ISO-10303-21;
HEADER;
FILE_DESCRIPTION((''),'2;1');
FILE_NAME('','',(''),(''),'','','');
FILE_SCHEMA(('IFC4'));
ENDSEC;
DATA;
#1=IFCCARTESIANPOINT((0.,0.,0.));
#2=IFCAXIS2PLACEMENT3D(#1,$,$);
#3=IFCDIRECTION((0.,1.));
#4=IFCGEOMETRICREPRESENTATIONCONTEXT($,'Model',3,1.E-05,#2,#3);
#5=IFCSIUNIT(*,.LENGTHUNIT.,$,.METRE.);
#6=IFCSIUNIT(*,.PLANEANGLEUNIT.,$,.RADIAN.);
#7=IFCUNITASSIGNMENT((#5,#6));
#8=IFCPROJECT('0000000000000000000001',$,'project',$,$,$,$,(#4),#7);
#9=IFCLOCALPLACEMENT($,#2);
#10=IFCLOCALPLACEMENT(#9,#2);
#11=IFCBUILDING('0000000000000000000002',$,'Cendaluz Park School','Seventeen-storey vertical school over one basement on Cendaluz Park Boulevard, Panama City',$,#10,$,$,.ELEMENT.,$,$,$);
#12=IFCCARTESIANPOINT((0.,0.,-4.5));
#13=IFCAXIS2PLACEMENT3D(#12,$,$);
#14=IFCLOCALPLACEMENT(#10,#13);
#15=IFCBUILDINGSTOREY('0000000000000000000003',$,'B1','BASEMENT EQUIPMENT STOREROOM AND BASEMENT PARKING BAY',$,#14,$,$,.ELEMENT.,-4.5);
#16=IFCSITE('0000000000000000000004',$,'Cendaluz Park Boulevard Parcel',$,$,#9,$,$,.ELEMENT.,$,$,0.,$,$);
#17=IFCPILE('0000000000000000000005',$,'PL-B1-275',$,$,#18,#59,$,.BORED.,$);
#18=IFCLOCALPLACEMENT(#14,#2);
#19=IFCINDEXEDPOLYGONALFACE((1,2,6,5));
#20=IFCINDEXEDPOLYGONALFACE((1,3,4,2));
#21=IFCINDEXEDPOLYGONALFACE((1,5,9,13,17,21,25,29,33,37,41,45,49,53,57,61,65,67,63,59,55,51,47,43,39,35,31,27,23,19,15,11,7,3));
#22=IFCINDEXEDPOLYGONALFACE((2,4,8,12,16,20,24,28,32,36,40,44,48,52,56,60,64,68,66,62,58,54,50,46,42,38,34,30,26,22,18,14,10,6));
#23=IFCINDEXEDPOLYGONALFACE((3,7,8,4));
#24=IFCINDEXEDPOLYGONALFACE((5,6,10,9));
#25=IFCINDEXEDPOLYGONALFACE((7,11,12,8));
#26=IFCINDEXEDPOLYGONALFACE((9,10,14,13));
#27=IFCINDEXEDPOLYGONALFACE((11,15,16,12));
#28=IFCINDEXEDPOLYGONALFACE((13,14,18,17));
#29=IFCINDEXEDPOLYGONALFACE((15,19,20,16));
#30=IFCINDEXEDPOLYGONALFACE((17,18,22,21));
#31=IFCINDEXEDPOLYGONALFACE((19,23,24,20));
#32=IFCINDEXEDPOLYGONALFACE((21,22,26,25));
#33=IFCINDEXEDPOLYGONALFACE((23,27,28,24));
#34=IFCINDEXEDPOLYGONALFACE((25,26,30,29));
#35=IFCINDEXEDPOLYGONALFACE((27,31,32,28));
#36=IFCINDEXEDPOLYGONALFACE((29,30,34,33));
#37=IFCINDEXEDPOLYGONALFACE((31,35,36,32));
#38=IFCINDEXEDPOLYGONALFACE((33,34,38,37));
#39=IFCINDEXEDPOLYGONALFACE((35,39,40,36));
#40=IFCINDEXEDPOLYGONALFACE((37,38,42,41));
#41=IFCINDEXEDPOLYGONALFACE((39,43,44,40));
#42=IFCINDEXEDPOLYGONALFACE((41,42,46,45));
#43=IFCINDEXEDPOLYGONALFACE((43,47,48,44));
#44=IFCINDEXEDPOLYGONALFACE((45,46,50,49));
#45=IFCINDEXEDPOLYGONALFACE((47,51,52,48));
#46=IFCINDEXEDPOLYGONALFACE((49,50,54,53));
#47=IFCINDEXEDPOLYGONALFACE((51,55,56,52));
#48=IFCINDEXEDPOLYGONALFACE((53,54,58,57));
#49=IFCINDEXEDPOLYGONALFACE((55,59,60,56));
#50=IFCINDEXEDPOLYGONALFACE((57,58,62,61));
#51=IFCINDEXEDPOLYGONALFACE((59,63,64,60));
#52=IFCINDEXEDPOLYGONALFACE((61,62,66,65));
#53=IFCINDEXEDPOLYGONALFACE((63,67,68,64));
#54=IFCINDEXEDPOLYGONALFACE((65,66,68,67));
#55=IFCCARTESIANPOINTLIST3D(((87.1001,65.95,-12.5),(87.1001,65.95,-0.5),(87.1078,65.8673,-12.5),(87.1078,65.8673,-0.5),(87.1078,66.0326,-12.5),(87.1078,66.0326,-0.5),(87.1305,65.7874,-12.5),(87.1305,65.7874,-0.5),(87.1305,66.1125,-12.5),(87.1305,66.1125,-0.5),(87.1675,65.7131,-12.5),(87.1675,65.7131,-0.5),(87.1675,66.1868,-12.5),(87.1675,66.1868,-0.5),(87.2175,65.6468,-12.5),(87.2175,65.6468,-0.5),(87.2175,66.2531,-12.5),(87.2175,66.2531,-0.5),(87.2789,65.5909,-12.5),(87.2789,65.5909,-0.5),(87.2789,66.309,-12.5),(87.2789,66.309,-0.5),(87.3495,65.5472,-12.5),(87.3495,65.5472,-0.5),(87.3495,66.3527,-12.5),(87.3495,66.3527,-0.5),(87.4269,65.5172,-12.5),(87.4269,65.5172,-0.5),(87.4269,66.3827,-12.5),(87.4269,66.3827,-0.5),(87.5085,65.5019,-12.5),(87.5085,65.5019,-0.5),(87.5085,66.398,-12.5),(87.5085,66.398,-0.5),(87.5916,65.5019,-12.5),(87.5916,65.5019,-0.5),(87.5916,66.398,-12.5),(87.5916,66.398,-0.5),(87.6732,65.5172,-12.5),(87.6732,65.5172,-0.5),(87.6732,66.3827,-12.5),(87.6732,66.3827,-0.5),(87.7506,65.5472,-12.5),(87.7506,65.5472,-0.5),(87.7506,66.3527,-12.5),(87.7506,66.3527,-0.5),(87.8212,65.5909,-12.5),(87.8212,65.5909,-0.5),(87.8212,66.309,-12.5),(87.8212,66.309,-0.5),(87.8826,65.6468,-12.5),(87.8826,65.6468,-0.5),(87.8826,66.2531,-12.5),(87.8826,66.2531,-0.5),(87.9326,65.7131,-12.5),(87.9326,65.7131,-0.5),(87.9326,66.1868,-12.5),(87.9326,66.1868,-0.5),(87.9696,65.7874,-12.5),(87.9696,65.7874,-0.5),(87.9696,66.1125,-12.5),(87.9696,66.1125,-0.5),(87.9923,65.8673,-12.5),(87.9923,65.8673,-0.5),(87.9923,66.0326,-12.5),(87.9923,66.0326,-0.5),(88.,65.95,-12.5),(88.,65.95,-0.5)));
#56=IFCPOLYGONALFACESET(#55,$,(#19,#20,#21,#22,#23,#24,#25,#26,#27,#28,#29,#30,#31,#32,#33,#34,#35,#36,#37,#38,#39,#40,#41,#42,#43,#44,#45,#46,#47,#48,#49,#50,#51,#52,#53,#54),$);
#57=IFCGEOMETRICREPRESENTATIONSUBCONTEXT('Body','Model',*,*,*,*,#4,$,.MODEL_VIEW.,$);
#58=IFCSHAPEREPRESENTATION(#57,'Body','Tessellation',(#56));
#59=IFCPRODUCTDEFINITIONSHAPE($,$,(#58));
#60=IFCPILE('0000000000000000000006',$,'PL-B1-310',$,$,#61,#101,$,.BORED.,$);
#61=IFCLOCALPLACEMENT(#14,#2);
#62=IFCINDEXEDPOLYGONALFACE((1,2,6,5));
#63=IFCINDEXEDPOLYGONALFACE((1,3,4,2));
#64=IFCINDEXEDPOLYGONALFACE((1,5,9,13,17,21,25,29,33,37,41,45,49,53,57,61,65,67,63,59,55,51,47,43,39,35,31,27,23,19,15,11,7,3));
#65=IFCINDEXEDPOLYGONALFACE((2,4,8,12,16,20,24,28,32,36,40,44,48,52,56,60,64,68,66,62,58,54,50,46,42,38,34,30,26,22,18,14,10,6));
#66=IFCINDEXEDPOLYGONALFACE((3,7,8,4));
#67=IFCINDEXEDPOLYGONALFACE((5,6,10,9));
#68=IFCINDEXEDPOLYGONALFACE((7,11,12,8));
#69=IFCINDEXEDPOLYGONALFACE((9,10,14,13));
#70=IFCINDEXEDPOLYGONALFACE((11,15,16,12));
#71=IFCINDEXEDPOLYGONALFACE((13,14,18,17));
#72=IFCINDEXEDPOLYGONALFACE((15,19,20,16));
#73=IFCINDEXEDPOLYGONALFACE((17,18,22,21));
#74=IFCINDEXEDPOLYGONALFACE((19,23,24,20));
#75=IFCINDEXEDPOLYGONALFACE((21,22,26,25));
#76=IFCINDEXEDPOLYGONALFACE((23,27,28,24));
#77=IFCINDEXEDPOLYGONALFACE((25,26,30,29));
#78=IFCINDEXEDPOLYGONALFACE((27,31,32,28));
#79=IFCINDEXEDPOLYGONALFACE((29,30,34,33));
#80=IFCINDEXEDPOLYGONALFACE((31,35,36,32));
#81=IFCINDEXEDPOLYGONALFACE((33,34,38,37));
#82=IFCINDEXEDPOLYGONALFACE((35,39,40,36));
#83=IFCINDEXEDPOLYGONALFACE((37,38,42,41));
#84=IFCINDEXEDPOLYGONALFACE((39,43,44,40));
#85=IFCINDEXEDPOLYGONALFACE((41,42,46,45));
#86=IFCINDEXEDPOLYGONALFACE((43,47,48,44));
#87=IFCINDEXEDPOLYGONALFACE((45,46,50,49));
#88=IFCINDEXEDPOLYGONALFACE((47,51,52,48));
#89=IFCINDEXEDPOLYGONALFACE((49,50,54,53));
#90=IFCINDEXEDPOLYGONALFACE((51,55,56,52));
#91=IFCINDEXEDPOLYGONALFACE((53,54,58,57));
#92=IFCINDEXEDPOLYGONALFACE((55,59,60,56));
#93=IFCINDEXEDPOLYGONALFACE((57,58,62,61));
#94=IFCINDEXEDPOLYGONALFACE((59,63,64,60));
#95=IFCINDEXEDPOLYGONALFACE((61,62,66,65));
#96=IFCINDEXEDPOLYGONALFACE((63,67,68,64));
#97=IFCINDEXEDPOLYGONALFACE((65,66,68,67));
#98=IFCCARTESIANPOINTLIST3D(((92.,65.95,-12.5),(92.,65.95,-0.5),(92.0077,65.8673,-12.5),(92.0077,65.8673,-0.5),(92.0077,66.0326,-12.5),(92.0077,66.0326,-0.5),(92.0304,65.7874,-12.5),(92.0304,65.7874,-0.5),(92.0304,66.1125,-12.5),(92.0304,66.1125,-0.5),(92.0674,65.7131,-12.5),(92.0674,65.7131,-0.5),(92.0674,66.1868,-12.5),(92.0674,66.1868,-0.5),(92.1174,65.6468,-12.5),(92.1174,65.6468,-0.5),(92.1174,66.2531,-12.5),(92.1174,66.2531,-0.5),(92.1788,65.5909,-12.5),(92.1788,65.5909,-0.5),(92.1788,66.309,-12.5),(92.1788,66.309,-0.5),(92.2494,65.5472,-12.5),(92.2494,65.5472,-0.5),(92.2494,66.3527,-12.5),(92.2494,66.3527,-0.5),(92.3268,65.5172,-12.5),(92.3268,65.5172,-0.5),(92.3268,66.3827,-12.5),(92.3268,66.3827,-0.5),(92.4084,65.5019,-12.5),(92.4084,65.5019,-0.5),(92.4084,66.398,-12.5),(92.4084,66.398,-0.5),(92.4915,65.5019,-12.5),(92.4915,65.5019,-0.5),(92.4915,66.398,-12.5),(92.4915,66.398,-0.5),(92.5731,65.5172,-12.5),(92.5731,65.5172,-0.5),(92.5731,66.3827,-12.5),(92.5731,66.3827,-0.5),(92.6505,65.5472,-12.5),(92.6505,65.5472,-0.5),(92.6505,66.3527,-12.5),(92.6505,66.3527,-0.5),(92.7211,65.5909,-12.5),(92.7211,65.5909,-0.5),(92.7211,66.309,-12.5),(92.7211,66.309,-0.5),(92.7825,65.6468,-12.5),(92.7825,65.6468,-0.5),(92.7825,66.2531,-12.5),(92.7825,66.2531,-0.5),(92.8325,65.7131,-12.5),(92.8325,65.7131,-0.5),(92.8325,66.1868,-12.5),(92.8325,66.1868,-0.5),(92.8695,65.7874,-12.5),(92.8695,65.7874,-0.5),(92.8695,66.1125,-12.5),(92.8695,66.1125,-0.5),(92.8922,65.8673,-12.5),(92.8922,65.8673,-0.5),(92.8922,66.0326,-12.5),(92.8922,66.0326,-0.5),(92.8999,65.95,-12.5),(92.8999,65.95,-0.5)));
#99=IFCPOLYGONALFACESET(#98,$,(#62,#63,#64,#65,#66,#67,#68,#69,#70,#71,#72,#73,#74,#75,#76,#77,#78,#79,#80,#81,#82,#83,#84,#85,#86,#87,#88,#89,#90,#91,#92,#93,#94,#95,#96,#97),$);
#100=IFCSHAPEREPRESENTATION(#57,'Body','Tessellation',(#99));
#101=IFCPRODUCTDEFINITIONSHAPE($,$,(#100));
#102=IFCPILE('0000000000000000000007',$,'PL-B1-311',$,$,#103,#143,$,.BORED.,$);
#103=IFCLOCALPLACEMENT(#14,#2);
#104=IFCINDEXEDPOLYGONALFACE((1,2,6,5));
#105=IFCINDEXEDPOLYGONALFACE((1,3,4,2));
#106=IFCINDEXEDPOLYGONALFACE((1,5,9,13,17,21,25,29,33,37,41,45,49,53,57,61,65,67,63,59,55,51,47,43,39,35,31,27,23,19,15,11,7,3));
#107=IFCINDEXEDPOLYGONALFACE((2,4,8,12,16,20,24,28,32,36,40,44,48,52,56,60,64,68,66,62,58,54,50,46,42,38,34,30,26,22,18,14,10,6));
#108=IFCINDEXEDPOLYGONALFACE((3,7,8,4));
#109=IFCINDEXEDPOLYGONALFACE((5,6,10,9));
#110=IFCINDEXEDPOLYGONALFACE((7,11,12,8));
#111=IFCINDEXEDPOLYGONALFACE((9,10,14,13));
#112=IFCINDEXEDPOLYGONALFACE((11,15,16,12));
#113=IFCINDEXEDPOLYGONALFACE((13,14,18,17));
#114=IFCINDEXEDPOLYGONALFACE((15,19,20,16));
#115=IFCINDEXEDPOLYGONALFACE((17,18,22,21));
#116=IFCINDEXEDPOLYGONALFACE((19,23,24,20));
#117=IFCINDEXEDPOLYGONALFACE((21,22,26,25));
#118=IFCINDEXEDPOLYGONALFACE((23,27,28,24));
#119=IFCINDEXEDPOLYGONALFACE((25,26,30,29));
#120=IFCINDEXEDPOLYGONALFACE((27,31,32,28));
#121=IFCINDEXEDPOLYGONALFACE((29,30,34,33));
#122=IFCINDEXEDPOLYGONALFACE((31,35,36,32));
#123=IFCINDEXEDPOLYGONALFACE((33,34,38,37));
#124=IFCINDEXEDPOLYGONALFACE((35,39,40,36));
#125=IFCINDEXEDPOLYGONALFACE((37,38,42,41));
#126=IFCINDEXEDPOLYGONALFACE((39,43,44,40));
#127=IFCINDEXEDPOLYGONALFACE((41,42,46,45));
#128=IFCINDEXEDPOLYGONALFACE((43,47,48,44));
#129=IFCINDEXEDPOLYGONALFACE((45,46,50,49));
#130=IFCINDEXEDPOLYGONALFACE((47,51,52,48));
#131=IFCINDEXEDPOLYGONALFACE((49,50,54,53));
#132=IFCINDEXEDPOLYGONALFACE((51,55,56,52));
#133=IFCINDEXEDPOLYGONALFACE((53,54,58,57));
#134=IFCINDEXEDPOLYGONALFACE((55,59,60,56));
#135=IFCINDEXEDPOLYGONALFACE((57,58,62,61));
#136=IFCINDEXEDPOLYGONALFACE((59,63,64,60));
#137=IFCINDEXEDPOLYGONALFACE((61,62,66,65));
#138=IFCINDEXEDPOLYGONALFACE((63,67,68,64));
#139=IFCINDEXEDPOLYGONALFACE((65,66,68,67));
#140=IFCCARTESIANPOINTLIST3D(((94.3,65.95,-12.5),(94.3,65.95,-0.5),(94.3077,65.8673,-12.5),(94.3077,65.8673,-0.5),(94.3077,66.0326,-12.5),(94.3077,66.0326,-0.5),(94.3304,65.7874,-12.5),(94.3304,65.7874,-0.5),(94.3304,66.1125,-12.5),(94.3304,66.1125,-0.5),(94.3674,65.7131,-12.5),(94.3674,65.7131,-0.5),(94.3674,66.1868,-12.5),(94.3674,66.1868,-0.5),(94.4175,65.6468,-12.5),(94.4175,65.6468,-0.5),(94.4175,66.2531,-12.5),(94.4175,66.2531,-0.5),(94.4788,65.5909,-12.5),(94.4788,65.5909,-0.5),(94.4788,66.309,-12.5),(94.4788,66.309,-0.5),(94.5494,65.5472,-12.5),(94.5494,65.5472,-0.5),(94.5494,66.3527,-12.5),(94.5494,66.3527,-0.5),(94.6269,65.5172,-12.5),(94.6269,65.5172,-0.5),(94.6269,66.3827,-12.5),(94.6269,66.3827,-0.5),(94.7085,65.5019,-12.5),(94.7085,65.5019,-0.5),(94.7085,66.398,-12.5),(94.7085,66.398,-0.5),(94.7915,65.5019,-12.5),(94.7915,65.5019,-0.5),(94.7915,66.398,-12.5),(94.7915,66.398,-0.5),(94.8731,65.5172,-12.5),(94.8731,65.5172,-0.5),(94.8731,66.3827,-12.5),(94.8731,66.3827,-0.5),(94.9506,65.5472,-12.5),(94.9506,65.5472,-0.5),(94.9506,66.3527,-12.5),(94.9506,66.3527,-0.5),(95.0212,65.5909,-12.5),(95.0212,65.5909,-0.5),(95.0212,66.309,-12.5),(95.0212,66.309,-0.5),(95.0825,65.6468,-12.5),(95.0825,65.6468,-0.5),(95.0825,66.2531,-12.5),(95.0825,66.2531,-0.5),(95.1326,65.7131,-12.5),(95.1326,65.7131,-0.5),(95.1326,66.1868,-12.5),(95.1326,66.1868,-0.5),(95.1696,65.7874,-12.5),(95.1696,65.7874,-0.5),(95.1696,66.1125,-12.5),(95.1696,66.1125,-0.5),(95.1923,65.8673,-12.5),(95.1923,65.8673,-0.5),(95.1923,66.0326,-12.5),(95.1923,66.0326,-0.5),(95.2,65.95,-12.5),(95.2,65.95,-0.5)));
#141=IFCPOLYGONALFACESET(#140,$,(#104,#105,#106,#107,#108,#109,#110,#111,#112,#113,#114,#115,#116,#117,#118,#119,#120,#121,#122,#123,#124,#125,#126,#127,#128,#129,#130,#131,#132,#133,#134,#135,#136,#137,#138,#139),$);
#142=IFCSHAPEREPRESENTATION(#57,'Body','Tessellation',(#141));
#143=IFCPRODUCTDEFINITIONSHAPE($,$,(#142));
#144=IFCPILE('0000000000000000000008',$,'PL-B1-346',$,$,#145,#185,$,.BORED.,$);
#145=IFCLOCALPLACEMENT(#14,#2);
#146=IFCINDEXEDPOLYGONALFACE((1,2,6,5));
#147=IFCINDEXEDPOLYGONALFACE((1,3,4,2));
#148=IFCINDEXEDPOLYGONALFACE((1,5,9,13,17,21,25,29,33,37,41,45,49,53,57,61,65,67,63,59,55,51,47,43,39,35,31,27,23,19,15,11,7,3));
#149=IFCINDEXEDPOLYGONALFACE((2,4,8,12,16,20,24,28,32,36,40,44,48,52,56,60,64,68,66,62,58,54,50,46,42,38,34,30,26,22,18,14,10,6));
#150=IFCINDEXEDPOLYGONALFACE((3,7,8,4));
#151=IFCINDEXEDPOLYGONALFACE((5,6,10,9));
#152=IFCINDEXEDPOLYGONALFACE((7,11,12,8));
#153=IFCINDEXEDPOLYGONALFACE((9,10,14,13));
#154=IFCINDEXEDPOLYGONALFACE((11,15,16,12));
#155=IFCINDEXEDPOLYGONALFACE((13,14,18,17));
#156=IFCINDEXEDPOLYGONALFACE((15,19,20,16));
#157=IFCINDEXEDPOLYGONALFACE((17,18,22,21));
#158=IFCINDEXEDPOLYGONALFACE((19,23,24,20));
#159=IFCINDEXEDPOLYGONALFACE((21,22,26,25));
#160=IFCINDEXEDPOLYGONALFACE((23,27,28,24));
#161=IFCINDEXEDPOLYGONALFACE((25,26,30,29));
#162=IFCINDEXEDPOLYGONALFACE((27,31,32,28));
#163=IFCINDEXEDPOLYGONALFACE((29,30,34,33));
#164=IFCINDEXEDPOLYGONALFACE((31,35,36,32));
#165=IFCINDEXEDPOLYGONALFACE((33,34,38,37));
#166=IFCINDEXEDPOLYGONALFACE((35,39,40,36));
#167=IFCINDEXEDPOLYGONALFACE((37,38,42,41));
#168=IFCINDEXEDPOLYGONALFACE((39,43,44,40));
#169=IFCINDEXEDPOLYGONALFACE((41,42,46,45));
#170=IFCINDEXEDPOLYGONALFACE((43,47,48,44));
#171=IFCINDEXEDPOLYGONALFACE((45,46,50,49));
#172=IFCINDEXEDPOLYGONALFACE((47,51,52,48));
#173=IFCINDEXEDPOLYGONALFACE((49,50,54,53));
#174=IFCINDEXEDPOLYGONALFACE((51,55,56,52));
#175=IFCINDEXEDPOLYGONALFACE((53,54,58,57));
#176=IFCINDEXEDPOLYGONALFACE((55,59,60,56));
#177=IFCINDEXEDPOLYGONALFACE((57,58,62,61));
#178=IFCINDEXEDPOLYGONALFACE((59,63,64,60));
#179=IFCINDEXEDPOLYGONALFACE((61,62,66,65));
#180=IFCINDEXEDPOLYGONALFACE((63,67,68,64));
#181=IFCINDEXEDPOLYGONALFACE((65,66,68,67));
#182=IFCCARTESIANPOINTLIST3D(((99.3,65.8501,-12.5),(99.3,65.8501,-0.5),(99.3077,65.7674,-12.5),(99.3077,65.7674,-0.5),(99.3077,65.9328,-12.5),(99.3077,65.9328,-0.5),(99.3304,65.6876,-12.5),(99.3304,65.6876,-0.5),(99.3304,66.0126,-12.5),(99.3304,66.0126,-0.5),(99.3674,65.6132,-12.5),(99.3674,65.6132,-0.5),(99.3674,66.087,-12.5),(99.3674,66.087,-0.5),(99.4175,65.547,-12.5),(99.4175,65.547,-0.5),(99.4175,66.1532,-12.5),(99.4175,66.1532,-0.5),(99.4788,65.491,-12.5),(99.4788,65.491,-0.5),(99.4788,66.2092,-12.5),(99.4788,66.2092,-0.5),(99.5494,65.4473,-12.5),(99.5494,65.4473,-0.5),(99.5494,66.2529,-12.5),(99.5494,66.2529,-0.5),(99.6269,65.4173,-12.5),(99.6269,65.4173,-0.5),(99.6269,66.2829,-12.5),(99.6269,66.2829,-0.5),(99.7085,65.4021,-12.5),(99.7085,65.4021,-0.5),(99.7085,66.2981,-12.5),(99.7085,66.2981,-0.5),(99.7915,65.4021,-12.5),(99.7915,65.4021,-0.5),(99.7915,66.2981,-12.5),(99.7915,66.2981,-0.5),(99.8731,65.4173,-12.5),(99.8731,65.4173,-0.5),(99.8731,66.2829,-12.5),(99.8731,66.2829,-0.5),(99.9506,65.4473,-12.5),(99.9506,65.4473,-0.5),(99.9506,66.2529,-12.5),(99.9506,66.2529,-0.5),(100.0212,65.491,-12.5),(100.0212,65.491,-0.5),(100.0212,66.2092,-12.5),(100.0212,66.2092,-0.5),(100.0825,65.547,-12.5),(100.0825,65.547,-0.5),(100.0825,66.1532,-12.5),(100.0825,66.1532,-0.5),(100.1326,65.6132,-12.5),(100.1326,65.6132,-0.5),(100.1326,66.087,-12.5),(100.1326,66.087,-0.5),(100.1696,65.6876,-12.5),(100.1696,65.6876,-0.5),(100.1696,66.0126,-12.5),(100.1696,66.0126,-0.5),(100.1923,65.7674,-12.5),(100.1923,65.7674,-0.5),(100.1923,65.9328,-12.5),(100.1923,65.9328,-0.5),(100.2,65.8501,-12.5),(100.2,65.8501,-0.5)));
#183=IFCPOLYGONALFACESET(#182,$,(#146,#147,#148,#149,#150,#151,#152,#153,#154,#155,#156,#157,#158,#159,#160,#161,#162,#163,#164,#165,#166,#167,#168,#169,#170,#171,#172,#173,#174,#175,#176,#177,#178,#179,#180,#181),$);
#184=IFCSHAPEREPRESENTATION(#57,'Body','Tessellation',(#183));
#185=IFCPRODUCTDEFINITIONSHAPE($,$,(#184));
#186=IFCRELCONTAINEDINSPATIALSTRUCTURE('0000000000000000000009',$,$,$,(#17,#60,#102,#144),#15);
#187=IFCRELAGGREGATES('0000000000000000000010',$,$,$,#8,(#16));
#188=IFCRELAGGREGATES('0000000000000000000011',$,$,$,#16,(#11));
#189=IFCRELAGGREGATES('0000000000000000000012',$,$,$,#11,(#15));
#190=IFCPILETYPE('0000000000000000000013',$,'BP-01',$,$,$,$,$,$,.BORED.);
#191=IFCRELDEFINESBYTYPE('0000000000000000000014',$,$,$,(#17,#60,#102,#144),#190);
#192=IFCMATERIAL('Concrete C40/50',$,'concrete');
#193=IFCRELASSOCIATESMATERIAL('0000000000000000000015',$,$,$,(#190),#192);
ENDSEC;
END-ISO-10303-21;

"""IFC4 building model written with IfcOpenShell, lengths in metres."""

from ifc_helpers import new_model, si_unit, direction, frame, origin, origin_2d, place, context, subcontext, project, spatial, circle, extrude, material, material_profile, profile_set, type_object, element, save


model = new_model("IFC4")

# Units and contexts
model_context = context("Model", 3, precision=1e-05, world=origin(), true_north=direction((0.0, 1.0)))
body_context = subcontext(model_context, "Body", "Model", "MODEL_VIEW")
ifc_project = project(units=[si_unit("LENGTHUNIT", "METRE"), si_unit("PLANEANGLEUNIT", "RADIAN")], contexts=[model_context])

# Site, building, storey
site_placement = place(None, origin())
site = spatial("IfcSite", under=ifc_project, at=site_placement, Name="Cendaluz Park Boulevard Parcel", CompositionType="ELEMENT", RefElevation=0.0)
building_placement = place(site_placement, origin())
building = spatial("IfcBuilding", under=site, at=building_placement, Name="Cendaluz Park School", Description="Seventeen-storey vertical school over one basement on Cendaluz Park Boulevard, Panama City", CompositionType="ELEMENT")
storey_placement = place(building_placement, frame((0.0, 0.0, -4.5)))
storey = spatial("IfcBuildingStorey", under=building, at=storey_placement, Name="B1", Description="BASEMENT EQUIPMENT STOREROOM AND BASEMENT PARKING BAY", CompositionType="ELEMENT", Elevation=-4.5)

# Piles
ifc_material_1 = material(Name="Concrete C40/50", Category="concrete")
ifc_material_profile_1 = material_profile(ifc_material_1, circle(Radius=0.45, at=origin_2d()), Name="BP D900", Category="concrete")
ifc_profile_set_1 = profile_set([ifc_material_profile_1], Name="Concrete C40/50")
pile_type_1 = type_object("IfcPileType", Name="BP-01", PredefinedType="BORED", material=ifc_profile_set_1)
for number, where, z_axis, x_axis, name in (
    (1, (87.55, 65.95, -0.5), (0.0, 0.0, -1.0), (1.0, 0.0, 0.0), "PL-B1-275"),
    (2, (92.45, 65.95, -0.5), (0.0, 0.0, -1.0), (1.0, 0.0, 0.0), "PL-B1-310"),
    (3, (94.75, 65.95, -0.5), (0.0, 0.0, -1.0), (1.0, 0.0, 0.0), "PL-B1-311"),
    (4, (99.75, 65.8501, -0.5), (0.0, 0.0, -1.0), (1.0, 0.0, 0.0), "PL-B1-346"),
):
    element("IfcPile", number, at=place(storey_placement, frame(where, z_axis=z_axis, x_axis=x_axis)), inside=storey, type_object=pile_type_1, Name=name, PredefinedType="BORED", context=body_context, shape_type="SweptSolid", body=[
        extrude(circle(Radius=0.45, at=origin_2d()), origin(), (0.0, 0.0, 1.0), 12.0),
    ])

save(model, "model.ifc")
